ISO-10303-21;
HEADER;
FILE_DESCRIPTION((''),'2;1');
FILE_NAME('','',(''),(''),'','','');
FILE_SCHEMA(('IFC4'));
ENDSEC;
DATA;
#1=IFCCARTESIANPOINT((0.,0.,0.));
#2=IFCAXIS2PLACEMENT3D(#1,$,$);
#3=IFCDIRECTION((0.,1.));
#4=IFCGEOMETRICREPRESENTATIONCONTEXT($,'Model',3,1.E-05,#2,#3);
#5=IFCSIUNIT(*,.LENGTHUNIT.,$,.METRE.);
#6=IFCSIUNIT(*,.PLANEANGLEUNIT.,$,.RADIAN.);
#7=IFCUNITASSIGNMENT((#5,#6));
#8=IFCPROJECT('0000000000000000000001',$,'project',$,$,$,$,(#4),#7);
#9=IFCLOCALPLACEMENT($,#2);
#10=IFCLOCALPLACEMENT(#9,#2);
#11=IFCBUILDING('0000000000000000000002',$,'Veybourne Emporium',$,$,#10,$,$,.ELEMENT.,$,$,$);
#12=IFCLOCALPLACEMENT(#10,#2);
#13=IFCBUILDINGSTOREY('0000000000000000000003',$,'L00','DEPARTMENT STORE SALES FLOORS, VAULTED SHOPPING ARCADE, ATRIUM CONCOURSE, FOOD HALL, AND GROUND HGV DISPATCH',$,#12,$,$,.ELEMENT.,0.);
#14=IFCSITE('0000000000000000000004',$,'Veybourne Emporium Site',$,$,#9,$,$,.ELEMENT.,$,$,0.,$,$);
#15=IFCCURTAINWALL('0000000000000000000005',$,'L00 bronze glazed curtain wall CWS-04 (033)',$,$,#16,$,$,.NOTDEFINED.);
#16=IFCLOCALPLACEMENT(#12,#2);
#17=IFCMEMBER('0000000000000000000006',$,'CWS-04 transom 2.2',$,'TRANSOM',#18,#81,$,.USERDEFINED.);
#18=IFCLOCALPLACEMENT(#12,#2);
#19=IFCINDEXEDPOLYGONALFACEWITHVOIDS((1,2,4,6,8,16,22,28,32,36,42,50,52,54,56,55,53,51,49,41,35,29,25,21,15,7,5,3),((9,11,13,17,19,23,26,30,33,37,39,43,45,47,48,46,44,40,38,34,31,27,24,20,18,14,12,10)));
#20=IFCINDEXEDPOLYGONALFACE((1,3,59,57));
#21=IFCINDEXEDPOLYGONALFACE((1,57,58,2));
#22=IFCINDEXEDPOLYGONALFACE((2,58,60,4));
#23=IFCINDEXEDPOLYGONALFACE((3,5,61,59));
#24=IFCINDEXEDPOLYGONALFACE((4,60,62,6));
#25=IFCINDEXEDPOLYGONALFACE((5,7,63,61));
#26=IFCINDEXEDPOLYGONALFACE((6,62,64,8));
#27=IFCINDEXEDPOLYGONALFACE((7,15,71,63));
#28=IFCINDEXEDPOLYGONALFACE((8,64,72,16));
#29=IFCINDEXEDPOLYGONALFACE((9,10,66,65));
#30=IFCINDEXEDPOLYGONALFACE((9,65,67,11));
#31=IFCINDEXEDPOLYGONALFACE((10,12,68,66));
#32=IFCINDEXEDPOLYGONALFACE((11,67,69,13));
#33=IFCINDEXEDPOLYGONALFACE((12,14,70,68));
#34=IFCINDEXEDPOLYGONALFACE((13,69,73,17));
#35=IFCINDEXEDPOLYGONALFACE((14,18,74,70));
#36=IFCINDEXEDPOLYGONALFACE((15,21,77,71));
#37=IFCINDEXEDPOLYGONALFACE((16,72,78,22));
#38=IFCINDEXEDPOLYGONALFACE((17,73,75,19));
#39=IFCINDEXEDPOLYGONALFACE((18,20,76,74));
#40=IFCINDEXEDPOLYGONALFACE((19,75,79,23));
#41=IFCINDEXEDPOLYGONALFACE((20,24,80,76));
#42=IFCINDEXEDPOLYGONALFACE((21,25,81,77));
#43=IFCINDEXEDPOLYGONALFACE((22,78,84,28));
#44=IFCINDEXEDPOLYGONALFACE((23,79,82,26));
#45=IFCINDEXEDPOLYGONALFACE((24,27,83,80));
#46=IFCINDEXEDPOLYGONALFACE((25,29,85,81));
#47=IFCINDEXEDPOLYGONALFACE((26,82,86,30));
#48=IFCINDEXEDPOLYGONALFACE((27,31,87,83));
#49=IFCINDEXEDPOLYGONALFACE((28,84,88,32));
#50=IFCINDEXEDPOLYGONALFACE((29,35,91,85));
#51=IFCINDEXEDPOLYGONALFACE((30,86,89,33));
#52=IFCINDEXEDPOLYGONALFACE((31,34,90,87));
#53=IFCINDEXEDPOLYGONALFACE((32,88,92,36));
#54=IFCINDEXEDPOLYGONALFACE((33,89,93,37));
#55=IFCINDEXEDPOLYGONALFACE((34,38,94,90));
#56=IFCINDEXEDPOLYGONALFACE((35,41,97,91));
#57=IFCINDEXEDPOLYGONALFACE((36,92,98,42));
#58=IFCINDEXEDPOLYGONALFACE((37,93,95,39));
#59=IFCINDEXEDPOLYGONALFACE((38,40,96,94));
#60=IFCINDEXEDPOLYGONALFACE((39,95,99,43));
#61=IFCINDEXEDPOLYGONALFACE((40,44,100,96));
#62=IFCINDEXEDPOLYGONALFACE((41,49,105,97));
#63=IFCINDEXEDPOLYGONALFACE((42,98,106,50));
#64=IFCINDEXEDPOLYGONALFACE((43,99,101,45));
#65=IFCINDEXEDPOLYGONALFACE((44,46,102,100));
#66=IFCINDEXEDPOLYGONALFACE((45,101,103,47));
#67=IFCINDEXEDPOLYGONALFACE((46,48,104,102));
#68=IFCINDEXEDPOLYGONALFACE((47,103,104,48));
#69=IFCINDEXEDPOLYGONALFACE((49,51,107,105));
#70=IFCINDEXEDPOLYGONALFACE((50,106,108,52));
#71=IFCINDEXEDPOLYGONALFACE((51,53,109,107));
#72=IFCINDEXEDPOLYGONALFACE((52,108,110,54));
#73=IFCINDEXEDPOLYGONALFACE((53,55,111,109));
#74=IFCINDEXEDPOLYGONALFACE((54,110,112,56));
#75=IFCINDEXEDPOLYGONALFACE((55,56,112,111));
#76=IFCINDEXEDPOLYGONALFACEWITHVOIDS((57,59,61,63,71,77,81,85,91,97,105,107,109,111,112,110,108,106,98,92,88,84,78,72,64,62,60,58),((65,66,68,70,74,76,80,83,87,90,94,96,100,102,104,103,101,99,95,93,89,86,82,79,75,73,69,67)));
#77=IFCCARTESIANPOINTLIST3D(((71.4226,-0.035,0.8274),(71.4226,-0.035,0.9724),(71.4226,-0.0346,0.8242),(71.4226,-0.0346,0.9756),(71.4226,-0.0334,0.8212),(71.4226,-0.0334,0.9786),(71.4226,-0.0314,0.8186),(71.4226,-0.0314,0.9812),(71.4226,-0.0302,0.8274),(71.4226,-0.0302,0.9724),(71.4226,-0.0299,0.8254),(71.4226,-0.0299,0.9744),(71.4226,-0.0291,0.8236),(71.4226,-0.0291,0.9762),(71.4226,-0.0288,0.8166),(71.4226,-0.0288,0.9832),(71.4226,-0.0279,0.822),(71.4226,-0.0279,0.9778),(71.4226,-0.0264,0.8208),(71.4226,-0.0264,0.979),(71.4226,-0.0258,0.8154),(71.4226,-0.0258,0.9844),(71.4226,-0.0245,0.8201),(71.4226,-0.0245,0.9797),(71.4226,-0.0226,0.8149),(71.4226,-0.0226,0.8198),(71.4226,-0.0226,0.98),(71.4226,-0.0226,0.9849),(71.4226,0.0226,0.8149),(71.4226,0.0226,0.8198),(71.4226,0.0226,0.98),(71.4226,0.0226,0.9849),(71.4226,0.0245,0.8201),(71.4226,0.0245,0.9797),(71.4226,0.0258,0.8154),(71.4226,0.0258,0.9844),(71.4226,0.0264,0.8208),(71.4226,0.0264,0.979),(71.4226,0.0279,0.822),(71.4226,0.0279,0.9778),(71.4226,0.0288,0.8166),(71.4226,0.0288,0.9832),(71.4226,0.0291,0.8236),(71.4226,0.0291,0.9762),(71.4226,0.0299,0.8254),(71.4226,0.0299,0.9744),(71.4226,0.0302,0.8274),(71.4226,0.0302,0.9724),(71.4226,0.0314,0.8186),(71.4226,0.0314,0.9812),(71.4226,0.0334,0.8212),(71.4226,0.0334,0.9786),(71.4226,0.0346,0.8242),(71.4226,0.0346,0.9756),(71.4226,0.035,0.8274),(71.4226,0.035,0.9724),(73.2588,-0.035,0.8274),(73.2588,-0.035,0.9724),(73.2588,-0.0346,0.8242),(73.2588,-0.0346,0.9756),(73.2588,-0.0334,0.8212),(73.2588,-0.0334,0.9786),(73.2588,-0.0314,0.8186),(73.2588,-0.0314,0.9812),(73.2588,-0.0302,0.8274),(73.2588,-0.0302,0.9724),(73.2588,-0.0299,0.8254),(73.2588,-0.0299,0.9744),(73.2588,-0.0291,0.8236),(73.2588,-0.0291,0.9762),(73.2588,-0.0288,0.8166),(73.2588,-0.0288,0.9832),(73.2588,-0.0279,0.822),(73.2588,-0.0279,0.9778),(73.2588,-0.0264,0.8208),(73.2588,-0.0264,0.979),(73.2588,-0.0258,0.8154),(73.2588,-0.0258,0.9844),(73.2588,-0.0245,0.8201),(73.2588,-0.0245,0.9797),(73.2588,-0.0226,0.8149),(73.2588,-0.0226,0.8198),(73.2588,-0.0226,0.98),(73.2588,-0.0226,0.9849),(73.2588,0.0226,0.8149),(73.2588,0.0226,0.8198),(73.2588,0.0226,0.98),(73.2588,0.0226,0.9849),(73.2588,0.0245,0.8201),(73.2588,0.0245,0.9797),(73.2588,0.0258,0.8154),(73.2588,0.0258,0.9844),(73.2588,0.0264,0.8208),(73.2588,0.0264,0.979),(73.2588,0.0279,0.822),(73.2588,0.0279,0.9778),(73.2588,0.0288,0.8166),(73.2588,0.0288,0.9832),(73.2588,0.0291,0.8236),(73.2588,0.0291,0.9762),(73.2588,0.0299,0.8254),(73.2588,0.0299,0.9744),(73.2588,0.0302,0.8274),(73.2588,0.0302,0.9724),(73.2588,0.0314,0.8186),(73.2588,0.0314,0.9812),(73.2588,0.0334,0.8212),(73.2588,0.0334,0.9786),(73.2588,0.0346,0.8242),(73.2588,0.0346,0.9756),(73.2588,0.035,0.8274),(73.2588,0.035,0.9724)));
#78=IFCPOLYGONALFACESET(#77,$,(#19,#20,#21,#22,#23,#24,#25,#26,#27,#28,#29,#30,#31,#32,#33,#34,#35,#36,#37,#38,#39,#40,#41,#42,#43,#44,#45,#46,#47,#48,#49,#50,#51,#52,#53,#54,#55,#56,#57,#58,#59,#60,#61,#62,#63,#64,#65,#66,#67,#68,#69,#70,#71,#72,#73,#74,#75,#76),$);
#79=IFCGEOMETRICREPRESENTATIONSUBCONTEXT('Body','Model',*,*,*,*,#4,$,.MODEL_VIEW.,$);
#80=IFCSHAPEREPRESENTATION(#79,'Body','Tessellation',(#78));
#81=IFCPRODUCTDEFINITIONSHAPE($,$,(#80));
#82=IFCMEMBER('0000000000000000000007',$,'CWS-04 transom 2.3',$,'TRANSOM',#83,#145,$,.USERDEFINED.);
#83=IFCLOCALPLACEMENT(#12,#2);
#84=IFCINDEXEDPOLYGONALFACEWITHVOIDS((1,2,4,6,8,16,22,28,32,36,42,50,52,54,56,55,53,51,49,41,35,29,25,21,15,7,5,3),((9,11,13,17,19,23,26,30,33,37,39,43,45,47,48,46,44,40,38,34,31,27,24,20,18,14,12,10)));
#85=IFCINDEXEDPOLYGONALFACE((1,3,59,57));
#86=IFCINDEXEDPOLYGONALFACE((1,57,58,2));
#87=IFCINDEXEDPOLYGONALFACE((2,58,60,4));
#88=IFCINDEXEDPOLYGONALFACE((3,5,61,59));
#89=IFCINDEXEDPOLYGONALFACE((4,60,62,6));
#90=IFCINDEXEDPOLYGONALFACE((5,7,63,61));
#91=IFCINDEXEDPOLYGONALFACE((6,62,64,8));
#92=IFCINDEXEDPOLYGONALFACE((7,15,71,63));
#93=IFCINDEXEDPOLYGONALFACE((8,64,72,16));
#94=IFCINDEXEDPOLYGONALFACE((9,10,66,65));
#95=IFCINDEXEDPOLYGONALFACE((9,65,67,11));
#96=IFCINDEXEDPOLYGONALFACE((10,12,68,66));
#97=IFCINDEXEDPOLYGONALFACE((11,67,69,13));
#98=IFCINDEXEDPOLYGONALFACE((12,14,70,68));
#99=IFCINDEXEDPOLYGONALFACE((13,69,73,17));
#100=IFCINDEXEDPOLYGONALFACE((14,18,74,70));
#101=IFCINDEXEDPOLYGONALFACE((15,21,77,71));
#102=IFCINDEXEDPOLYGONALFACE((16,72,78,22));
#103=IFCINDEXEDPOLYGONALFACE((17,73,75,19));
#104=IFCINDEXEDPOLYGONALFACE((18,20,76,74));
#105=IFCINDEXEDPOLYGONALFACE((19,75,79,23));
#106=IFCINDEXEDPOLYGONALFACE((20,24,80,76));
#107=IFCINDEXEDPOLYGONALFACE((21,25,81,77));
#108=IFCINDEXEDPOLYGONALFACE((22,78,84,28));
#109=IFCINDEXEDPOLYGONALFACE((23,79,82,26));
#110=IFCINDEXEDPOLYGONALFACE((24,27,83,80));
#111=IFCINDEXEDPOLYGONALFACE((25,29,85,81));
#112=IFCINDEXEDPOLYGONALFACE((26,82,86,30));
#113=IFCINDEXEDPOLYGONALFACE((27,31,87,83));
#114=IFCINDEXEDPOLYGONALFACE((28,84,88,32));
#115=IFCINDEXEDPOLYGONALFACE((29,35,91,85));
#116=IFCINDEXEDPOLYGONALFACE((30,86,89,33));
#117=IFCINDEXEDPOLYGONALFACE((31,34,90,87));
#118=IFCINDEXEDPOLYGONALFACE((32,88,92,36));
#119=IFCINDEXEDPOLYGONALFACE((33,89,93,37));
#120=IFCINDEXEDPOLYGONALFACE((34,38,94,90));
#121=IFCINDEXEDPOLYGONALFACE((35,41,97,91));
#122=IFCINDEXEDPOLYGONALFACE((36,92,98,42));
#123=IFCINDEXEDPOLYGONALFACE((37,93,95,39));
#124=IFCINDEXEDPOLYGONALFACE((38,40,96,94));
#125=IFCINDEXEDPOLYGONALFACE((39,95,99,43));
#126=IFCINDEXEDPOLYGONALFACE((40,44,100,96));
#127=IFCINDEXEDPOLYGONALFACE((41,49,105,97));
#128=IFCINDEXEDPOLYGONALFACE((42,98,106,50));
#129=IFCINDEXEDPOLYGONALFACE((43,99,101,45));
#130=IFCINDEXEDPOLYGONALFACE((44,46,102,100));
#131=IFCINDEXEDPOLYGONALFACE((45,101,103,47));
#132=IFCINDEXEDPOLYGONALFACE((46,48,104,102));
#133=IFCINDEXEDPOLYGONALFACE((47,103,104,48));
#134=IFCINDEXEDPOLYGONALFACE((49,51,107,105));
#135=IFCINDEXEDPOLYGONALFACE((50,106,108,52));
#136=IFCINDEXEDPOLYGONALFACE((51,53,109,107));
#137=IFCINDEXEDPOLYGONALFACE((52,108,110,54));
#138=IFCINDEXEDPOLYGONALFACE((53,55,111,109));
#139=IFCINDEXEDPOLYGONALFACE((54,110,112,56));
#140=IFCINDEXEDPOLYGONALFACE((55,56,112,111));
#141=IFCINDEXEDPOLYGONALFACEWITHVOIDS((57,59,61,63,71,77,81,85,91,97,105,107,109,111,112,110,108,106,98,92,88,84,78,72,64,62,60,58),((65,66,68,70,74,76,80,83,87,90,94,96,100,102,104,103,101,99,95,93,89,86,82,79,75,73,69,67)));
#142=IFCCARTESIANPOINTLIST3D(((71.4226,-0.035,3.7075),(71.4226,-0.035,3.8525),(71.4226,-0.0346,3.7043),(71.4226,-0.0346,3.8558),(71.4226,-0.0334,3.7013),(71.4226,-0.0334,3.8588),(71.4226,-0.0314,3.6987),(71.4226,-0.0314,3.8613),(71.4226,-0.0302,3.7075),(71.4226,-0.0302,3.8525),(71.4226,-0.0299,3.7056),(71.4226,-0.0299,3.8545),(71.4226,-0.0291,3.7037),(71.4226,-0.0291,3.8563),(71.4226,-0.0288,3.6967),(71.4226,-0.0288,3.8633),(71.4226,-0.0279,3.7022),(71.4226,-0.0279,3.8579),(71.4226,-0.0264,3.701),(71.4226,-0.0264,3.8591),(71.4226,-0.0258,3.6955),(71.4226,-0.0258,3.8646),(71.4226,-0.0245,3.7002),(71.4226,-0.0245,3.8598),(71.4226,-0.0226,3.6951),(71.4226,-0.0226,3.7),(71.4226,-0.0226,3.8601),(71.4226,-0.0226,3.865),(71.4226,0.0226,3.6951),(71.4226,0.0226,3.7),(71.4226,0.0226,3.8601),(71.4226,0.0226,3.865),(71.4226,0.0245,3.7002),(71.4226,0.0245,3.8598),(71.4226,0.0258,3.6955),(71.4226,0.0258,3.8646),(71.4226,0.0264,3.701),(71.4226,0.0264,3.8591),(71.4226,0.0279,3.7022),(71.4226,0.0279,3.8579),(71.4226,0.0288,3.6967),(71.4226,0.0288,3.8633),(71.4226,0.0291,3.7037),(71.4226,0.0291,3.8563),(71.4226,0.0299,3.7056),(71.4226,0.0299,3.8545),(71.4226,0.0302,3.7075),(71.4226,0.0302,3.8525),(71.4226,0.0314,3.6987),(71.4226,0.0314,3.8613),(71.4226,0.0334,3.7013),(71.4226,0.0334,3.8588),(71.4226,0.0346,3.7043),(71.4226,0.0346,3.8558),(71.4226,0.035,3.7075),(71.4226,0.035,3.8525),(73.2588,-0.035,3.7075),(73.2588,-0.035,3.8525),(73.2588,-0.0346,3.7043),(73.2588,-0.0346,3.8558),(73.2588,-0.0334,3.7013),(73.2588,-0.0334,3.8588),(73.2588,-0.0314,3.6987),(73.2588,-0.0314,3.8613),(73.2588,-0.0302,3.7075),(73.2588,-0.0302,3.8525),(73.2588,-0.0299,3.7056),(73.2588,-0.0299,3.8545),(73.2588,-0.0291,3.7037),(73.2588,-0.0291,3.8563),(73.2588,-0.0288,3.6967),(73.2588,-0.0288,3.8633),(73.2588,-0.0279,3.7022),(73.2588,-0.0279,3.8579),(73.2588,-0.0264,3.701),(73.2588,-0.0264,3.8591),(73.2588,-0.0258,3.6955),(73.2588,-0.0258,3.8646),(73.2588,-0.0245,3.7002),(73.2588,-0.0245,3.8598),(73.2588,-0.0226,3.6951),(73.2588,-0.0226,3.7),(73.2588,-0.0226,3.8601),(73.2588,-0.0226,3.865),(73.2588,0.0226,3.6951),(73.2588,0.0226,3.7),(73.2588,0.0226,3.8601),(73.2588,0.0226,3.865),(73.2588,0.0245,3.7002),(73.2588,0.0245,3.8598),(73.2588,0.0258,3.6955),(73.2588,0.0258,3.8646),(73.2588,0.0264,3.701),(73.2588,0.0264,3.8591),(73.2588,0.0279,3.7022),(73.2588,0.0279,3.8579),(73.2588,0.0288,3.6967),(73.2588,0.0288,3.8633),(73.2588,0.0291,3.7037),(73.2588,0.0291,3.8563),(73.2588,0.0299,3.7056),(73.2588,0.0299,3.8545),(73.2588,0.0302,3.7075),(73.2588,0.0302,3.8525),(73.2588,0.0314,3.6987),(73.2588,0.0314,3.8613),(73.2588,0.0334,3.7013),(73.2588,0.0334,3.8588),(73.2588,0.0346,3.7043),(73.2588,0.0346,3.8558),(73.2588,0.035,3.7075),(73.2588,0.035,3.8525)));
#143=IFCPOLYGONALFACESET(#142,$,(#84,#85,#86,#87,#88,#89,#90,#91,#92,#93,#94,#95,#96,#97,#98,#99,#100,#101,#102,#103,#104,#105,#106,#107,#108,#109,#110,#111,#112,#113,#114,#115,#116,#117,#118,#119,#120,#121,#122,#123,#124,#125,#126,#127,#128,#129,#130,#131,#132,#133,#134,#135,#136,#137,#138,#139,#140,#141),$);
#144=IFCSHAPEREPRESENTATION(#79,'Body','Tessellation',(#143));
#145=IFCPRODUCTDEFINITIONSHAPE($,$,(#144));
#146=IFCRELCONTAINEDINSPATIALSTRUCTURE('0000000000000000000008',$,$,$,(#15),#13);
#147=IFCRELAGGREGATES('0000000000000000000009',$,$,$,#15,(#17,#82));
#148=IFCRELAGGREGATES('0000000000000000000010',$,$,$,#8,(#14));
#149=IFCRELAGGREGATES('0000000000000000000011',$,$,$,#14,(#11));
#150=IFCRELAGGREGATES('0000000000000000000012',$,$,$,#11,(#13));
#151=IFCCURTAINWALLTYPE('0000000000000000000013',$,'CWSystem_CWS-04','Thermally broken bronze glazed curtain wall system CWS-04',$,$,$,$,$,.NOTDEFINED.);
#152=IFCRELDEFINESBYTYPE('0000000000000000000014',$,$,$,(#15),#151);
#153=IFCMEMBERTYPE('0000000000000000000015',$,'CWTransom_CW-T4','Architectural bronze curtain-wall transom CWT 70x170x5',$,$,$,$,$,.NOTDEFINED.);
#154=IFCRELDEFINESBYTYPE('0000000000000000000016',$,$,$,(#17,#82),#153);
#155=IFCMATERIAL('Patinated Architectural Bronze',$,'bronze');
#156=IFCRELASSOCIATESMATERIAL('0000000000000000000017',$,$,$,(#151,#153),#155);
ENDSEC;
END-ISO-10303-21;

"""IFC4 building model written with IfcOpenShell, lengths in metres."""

from ifc_helpers import new_model, si_unit, direction, frame, origin, origin_2d, place, context, subcontext, project, spatial, hollow_rectangle, extrude, material, material_profile, profile_set, type_object, element, aggregate, save


model = new_model("IFC4")

# Units and contexts
model_context = context("Model", 3, precision=1e-05, world=origin(), true_north=direction((0.0, 1.0)))
body_context = subcontext(model_context, "Body", "Model", "MODEL_VIEW")
ifc_project = project(units=[si_unit("LENGTHUNIT", "METRE"), si_unit("PLANEANGLEUNIT", "RADIAN")], contexts=[model_context])

# Site, building, storey
site_placement = place(None, origin())
site = spatial("IfcSite", under=ifc_project, at=site_placement, Name="Veybourne Emporium Site", CompositionType="ELEMENT", RefElevation=0.0)
building_placement = place(site_placement, origin())
building = spatial("IfcBuilding", under=site, at=building_placement, Name="Veybourne Emporium", CompositionType="ELEMENT")
storey_placement = place(building_placement, origin())
storey = spatial("IfcBuildingStorey", under=building, at=storey_placement, Name="L00", Description="DEPARTMENT STORE SALES FLOORS, VAULTED SHOPPING ARCADE, ATRIUM CONCOURSE, FOOD HALL, AND GROUND HGV DISPATCH", CompositionType="ELEMENT", Elevation=0.0)

# Curtain wall, members
ifc_material_1 = material(Name="Patinated Architectural Bronze", Category="bronze")
curtain_wall_type = type_object("IfcCurtainWallType", Name="CWSystem_CWS-04", Description="Thermally broken bronze glazed curtain wall system CWS-04", PredefinedType="NOTDEFINED", material=ifc_material_1)
curtain_wall_placement = place(storey_placement, origin())
curtain_wall = element("IfcCurtainWall", 1, at=curtain_wall_placement, inside=storey, type_object=curtain_wall_type, Name="L00 bronze glazed curtain wall CWS-04 (033)", PredefinedType="NOTDEFINED")
ifc_material_profile_1 = material_profile(ifc_material_1, hollow_rectangle(XDim=0.0701, YDim=0.1699, WallThickness=0.0049, InnerFilletRadius=0.0076, OuterFilletRadius=0.0125, at=origin_2d()), Name="CWT 70x170x5")
ifc_profile_set_1 = profile_set([ifc_material_profile_1], Name="Patinated Architectural Bronze")
member_type_1 = type_object("IfcMemberType", Name="CWTransom_CW-T4", Description="Architectural bronze curtain-wall transom CWT 70x170x5", PredefinedType="NOTDEFINED", material=ifc_profile_set_1)
member_1_placement = place(storey_placement, frame((73.2588, 0.0, 0.8999), z_axis=(-1.0, 0.0, 0.0), x_axis=(0.0, -1.0, 0.0)))
member_1 = element("IfcMember", 2, at=member_1_placement, type_object=member_type_1, Name="CWS-04 transom 2.2", ObjectType="TRANSOM", PredefinedType="USERDEFINED", context=body_context, shape_type="SweptSolid", body=[
    extrude(hollow_rectangle(XDim=0.0701, YDim=0.1699, WallThickness=0.0049, InnerFilletRadius=0.0076, OuterFilletRadius=0.0125, at=origin_2d()), origin(), (0.0, 0.0, 1.0), 1.8362),
])
member_2_placement = place(storey_placement, frame((73.2588, 0.0, 3.78), z_axis=(-1.0, 0.0, 0.0), x_axis=(0.0, -1.0, 0.0)))
member_2 = element("IfcMember", 3, at=member_2_placement, type_object=member_type_1, Name="CWS-04 transom 2.3", ObjectType="TRANSOM", PredefinedType="USERDEFINED", context=body_context, shape_type="SweptSolid", body=[
    extrude(hollow_rectangle(XDim=0.0701, YDim=0.1699, WallThickness=0.0049, InnerFilletRadius=0.0076, OuterFilletRadius=0.0125, at=origin_2d()), origin(), (0.0, 0.0, 1.0), 1.8362),
])

aggregate(curtain_wall, [member_1, member_2])

save(model, "model.ifc")
